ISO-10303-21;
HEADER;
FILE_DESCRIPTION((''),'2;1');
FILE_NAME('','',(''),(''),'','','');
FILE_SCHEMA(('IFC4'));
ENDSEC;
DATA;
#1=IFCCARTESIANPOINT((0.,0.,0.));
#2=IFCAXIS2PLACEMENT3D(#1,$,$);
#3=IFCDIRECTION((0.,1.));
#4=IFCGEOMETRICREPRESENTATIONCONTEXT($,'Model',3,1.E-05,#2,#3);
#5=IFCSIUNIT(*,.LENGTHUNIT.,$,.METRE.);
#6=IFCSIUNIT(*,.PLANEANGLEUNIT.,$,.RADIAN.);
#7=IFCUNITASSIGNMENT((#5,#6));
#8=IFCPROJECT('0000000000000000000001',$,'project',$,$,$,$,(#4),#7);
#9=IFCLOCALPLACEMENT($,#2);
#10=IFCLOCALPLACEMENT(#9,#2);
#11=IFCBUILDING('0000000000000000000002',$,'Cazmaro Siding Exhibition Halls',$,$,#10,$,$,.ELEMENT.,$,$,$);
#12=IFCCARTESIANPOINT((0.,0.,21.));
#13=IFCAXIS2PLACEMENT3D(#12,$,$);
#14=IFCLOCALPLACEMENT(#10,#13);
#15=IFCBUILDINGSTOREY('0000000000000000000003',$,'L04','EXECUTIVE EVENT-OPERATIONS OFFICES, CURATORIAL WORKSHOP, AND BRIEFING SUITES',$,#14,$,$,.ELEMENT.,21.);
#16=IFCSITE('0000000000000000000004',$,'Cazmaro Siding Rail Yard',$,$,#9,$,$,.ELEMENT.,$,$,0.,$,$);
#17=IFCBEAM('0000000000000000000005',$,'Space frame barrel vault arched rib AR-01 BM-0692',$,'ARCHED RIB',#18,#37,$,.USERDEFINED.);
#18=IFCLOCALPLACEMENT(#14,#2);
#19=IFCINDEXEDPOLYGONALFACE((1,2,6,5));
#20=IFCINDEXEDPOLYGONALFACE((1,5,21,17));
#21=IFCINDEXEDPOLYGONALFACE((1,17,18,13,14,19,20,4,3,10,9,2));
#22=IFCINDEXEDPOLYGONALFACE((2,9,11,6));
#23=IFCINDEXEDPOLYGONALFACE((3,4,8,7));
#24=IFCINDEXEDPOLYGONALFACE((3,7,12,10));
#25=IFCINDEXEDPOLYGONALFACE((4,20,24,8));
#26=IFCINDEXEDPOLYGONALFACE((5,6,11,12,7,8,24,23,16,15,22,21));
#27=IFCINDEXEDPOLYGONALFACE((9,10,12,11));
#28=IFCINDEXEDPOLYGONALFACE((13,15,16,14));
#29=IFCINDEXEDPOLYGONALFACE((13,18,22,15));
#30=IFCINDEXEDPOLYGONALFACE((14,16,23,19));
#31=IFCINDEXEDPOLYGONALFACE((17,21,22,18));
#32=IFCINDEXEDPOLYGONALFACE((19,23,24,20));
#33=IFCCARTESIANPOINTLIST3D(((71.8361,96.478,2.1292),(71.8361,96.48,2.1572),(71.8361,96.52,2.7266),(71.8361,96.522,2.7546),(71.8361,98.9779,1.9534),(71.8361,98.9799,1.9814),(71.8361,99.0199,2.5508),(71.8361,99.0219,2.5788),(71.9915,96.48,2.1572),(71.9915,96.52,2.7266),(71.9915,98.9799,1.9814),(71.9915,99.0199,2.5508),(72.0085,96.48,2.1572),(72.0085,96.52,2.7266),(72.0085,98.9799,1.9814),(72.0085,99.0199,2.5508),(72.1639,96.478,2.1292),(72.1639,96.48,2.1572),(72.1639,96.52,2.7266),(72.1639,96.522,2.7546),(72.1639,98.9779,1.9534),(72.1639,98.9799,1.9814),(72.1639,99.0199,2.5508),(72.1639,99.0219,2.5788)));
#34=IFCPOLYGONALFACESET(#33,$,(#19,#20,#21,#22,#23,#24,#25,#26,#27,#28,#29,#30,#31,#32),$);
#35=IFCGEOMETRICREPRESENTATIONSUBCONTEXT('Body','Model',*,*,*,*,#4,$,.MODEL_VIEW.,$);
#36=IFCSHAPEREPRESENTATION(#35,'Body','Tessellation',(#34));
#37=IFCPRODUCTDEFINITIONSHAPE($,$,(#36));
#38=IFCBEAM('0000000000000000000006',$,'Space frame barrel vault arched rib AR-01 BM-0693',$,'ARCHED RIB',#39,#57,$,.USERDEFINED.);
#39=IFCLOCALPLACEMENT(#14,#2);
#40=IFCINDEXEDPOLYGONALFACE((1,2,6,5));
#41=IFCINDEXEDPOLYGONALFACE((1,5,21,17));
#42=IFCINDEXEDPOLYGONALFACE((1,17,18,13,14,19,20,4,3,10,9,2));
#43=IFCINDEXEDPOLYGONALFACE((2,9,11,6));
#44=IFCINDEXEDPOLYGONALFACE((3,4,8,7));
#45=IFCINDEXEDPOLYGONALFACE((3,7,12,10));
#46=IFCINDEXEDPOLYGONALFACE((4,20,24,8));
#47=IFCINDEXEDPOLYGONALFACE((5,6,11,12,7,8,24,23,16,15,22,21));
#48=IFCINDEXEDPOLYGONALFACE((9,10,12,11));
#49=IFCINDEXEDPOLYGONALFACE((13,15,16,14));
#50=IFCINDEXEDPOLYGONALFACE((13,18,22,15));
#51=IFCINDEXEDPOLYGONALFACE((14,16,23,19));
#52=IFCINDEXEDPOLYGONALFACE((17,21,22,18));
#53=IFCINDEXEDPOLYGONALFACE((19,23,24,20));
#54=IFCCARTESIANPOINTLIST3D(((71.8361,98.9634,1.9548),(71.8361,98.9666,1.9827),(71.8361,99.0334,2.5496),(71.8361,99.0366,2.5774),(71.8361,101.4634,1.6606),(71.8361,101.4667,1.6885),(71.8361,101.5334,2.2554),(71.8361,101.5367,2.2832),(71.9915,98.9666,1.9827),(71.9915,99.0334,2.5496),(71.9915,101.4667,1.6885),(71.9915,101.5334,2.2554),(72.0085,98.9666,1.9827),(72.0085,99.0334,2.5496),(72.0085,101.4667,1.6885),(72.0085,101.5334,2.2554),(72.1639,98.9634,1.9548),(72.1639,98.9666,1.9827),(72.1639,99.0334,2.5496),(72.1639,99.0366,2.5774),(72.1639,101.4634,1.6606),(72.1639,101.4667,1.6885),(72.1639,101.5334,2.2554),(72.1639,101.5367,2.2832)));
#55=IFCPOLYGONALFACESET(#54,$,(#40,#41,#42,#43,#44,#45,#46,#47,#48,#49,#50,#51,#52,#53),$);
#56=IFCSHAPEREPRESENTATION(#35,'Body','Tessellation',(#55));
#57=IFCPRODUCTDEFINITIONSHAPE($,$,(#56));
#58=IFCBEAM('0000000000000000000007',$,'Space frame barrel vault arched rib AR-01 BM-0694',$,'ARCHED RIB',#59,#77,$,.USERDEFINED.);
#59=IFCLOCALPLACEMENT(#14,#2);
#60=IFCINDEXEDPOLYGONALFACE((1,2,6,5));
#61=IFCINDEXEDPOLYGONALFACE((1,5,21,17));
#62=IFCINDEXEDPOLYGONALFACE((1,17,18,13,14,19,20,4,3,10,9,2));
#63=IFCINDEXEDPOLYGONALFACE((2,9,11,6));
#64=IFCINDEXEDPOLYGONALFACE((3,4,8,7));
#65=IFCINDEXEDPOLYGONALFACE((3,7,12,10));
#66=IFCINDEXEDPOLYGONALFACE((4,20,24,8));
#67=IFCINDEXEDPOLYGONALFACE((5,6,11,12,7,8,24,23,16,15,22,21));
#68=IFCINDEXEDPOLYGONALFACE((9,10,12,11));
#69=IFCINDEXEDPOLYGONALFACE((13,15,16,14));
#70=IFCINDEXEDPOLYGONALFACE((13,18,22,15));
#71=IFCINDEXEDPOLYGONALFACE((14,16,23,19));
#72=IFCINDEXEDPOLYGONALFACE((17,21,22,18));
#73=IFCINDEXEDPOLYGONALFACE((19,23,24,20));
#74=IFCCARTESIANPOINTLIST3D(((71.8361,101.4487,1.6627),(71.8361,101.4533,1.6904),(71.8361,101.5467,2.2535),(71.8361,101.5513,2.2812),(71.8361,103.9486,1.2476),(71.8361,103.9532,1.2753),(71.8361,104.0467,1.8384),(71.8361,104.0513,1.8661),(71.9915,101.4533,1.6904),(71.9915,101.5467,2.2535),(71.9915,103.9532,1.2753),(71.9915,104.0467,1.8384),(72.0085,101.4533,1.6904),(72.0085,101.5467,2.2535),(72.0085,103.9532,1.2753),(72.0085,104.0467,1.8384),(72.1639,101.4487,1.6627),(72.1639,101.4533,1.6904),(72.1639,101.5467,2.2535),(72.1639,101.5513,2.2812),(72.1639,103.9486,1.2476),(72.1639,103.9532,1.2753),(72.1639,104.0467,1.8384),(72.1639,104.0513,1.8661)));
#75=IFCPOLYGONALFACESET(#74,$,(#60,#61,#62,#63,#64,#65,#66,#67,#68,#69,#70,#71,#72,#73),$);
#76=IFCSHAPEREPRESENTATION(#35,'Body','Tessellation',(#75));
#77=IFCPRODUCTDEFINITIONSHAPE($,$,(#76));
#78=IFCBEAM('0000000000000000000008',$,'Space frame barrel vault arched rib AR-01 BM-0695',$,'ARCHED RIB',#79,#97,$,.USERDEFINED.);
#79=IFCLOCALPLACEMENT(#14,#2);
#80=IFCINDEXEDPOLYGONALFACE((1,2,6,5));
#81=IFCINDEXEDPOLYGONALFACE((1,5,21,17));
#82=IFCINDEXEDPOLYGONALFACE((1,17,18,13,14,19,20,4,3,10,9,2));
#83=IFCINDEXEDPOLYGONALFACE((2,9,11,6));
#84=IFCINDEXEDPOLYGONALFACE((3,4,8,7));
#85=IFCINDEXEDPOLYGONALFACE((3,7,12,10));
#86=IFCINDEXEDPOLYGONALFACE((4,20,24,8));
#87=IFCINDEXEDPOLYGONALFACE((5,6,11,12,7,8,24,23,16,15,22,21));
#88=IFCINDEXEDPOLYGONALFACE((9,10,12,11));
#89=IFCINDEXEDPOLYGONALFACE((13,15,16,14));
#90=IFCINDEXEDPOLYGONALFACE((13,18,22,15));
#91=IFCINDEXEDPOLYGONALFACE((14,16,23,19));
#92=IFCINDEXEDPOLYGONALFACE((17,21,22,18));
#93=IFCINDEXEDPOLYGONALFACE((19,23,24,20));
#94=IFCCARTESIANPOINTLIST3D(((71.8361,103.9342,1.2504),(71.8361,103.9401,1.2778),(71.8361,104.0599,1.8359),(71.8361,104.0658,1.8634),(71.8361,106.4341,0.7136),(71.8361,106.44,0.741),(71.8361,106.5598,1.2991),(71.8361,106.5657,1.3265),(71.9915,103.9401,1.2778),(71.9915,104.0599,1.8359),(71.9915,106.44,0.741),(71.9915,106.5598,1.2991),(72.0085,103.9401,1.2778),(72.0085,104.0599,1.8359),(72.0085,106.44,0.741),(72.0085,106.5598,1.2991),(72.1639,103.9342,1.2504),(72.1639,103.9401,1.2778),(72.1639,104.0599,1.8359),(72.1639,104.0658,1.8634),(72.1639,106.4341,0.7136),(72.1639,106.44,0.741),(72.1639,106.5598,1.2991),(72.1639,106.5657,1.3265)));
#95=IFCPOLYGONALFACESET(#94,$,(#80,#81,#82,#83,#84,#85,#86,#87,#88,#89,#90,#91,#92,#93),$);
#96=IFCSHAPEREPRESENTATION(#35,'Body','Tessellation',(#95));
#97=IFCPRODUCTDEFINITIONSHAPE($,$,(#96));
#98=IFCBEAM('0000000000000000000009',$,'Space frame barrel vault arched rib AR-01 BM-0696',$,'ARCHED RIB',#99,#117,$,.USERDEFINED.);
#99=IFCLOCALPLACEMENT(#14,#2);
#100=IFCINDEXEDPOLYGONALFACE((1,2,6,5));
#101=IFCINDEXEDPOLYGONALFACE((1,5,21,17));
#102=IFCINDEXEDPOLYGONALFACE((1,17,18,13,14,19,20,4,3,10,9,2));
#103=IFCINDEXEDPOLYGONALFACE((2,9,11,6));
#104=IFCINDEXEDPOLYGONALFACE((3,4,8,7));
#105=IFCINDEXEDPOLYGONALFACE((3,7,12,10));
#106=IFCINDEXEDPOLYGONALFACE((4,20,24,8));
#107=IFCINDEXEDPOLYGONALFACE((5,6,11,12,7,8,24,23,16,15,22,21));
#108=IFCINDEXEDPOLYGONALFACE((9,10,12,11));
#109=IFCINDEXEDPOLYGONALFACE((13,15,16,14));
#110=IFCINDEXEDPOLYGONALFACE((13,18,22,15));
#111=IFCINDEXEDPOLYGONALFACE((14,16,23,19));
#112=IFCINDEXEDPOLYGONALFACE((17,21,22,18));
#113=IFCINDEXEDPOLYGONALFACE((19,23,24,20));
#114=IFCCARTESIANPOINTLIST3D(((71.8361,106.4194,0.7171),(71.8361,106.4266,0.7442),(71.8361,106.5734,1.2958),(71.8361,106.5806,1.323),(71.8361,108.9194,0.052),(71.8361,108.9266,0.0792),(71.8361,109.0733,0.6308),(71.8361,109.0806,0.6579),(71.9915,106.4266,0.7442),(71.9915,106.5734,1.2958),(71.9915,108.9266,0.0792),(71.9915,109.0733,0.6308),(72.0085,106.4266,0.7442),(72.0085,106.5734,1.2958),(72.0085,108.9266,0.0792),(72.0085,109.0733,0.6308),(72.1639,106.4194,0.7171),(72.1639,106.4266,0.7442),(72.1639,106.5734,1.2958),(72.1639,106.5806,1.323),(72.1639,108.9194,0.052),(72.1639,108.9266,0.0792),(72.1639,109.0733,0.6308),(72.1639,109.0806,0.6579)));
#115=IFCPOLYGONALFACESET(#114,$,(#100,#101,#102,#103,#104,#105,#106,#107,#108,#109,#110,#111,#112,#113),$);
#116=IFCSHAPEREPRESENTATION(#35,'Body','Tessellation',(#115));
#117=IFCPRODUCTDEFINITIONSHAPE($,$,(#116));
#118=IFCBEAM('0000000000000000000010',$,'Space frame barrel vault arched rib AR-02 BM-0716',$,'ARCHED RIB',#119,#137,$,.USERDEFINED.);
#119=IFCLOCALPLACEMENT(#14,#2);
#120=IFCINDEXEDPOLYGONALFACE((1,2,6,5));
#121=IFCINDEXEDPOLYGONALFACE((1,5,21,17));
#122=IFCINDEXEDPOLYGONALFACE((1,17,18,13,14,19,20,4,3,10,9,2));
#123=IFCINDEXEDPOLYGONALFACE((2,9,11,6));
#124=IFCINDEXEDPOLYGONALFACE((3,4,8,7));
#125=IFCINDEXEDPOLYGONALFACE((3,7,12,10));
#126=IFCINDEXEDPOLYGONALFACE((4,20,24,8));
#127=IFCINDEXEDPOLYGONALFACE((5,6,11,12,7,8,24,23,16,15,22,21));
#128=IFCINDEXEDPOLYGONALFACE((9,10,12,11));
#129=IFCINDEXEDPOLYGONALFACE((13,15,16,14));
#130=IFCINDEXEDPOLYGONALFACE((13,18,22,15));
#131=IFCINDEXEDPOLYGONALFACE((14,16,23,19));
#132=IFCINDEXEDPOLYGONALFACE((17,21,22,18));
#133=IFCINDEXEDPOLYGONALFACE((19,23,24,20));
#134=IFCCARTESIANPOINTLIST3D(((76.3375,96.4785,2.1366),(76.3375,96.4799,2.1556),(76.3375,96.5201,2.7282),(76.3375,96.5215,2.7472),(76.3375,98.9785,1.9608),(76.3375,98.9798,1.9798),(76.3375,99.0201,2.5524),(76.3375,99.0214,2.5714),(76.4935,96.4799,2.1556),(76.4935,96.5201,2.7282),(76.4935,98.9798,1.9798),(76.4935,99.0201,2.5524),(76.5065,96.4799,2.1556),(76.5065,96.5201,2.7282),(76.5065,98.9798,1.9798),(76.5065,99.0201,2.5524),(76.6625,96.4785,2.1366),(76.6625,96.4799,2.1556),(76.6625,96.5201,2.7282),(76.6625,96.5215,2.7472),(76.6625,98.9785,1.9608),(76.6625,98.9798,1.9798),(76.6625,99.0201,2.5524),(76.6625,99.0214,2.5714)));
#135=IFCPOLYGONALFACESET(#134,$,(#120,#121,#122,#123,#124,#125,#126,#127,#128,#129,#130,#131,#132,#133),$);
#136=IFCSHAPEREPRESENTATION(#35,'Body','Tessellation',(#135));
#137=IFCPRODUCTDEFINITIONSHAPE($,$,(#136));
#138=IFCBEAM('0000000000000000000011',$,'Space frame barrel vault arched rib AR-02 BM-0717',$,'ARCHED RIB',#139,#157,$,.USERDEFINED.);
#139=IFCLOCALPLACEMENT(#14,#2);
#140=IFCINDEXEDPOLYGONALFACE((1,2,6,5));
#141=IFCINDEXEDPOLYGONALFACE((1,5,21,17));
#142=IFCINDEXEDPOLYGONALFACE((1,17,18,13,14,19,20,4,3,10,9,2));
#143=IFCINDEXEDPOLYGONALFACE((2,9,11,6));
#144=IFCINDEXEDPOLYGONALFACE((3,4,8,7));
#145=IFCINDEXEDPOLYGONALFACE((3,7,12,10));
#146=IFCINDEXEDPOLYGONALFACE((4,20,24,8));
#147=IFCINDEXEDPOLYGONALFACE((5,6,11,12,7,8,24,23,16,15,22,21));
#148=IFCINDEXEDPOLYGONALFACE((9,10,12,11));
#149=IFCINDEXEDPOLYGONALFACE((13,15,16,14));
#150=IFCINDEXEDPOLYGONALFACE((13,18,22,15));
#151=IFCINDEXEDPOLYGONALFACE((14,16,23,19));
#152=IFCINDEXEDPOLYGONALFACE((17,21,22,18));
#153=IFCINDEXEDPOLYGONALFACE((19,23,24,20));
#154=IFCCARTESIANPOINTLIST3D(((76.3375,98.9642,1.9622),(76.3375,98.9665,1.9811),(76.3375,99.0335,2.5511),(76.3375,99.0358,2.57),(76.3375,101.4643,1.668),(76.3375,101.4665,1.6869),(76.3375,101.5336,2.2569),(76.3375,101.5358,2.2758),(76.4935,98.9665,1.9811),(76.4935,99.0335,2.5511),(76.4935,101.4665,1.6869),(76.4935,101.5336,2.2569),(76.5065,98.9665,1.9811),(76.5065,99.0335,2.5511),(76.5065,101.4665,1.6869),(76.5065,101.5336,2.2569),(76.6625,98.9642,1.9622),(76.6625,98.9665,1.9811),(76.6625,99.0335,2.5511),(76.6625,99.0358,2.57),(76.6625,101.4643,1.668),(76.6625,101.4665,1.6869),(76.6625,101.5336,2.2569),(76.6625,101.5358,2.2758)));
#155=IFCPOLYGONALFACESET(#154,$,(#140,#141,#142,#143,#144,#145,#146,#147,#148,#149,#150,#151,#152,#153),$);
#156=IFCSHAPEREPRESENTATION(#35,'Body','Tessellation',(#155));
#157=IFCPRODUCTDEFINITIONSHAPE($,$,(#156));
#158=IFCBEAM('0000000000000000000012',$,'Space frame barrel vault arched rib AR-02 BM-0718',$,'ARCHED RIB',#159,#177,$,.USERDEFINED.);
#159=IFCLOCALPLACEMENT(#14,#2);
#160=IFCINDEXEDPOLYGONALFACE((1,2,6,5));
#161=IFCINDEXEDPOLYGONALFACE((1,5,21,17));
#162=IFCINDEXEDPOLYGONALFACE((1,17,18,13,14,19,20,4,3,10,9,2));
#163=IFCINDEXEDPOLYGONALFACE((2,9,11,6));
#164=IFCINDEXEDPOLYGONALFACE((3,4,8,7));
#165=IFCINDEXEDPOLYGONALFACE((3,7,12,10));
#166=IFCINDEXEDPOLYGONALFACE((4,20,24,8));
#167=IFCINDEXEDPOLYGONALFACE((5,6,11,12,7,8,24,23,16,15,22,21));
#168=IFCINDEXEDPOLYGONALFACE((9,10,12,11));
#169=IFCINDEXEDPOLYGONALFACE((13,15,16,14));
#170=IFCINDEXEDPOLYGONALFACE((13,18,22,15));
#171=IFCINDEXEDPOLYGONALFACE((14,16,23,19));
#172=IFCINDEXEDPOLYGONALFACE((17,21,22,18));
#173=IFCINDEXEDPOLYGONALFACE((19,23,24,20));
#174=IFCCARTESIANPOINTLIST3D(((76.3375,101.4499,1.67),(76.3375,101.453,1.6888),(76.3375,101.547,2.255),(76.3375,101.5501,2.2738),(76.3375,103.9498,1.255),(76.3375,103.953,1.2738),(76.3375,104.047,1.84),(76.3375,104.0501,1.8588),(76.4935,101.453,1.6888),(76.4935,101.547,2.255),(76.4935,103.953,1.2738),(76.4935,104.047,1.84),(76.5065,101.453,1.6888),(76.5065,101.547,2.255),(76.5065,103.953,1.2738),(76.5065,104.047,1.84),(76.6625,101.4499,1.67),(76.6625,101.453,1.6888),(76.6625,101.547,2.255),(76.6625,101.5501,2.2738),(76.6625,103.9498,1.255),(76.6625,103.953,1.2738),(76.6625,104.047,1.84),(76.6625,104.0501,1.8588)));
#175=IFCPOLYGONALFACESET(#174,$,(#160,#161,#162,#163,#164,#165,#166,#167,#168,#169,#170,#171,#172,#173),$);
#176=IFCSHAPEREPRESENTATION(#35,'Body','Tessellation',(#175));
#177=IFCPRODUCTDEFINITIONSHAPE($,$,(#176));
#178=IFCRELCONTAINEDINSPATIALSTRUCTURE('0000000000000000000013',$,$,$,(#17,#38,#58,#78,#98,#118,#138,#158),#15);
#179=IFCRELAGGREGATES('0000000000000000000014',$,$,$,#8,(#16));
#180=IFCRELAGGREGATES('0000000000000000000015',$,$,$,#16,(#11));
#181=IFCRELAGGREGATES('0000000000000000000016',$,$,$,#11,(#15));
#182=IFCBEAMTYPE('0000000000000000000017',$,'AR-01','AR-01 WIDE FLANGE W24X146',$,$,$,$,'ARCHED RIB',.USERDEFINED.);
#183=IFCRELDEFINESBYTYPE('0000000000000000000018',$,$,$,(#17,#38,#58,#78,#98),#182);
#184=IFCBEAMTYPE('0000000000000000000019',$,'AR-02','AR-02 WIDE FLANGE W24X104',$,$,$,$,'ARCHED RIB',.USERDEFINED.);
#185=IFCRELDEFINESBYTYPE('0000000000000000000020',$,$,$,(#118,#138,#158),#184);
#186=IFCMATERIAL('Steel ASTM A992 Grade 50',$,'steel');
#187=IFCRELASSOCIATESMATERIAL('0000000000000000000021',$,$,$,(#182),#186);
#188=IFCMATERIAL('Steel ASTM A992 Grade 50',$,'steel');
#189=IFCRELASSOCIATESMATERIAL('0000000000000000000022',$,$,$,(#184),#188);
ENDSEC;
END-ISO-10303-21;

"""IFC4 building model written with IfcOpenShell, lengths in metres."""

from ifc_helpers import new_model, si_unit, direction, frame, origin, origin_2d, place, context, subcontext, project, spatial, i_section, extrude, material, material_profile, profile_set, type_object, element, save


model = new_model("IFC4")

# Units and contexts
model_context = context("Model", 3, precision=1e-05, world=origin(), true_north=direction((0.0, 1.0)))
body_context = subcontext(model_context, "Body", "Model", "MODEL_VIEW")
ifc_project = project(units=[si_unit("LENGTHUNIT", "METRE"), si_unit("PLANEANGLEUNIT", "RADIAN")], contexts=[model_context])

# Site, building, storey
site_placement = place(None, origin())
site = spatial("IfcSite", under=ifc_project, at=site_placement, Name="Cazmaro Siding Rail Yard", CompositionType="ELEMENT", RefElevation=0.0)
building_placement = place(site_placement, origin())
building = spatial("IfcBuilding", under=site, at=building_placement, Name="Cazmaro Siding Exhibition Halls", CompositionType="ELEMENT")
storey_placement = place(building_placement, frame((0.0, 0.0, 21.0)))
storey = spatial("IfcBuildingStorey", under=building, at=storey_placement, Name="L04", Description="EXECUTIVE EVENT-OPERATIONS OFFICES, CURATORIAL WORKSHOP, AND BRIEFING SUITES", CompositionType="ELEMENT", Elevation=21.0)

# Beams
ifc_material_1 = material(Name="Steel ASTM A992 Grade 50", Category="steel")
ifc_material_profile_1 = material_profile(ifc_material_1, i_section(OverallWidth=0.3279, OverallDepth=0.627, WebThickness=0.0171, FlangeThickness=0.0281, at=origin_2d()), Name="W24X146")
ifc_profile_set_1 = profile_set([ifc_material_profile_1], Name="Steel ASTM A992 Grade 50")
beam_type_1 = type_object("IfcBeamType", Name="AR-01", Description="AR-01 WIDE FLANGE W24X146", ElementType="ARCHED RIB", PredefinedType="USERDEFINED", material=ifc_profile_set_1)
beam_1_placement = place(storey_placement, frame((72.0, 96.5, 2.4419), z_axis=(0.0, 0.997537, -0.070139), x_axis=(-1.0, 0.0, 0.0)))
element("IfcBeam", 1, at=beam_1_placement, inside=storey, type_object=beam_type_1, Name="Space frame barrel vault arched rib AR-01 BM-0692", ObjectType="ARCHED RIB", PredefinedType="USERDEFINED", context=body_context, shape_type="SweptSolid", body=[
    extrude(i_section(OverallWidth=0.3279, OverallDepth=0.627, WebThickness=0.0171, FlangeThickness=0.0281, at=origin_2d()), origin(), (0.0, 0.0, 1.0), 2.5061),
])
beam_2_placement = place(storey_placement, frame((72.0, 99.0, 2.2661), z_axis=(0.0, 0.993147, -0.116869), x_axis=(-1.0, 0.0, 0.0)))
element("IfcBeam", 2, at=beam_2_placement, inside=storey, type_object=beam_type_1, Name="Space frame barrel vault arched rib AR-01 BM-0693", ObjectType="ARCHED RIB", PredefinedType="USERDEFINED", context=body_context, shape_type="SweptSolid", body=[
    extrude(i_section(OverallWidth=0.3279, OverallDepth=0.627, WebThickness=0.0171, FlangeThickness=0.0281, at=origin_2d()), origin(), (0.0, 0.0, 1.0), 2.5173),
])
beam_3_placement = place(storey_placement, frame((72.0, 101.5, 1.9719), z_axis=(0.0, 0.986498, -0.163774), x_axis=(-1.0, 0.0, 0.0)))
element("IfcBeam", 3, at=beam_3_placement, inside=storey, type_object=beam_type_1, Name="Space frame barrel vault arched rib AR-01 BM-0694", ObjectType="ARCHED RIB", PredefinedType="USERDEFINED", context=body_context, shape_type="SweptSolid", body=[
    extrude(i_section(OverallWidth=0.3279, OverallDepth=0.627, WebThickness=0.0171, FlangeThickness=0.0281, at=origin_2d()), origin(), (0.0, 0.0, 1.0), 2.5342),
])
beam_4_placement = place(storey_placement, frame((72.0, 104.0, 1.5569), z_axis=(0.0, 0.97771, -0.209959), x_axis=(-1.0, 0.0, 0.0)))
element("IfcBeam", 4, at=beam_4_placement, inside=storey, type_object=beam_type_1, Name="Space frame barrel vault arched rib AR-01 BM-0695", ObjectType="ARCHED RIB", PredefinedType="USERDEFINED", context=body_context, shape_type="SweptSolid", body=[
    extrude(i_section(OverallWidth=0.3279, OverallDepth=0.627, WebThickness=0.0171, FlangeThickness=0.0281, at=origin_2d()), origin(), (0.0, 0.0, 1.0), 2.5569),
])
beam_5_placement = place(storey_placement, frame((72.0, 106.5, 1.02), z_axis=(0.0, 0.966391, -0.257075), x_axis=(-1.0, 0.0, 0.0)))
element("IfcBeam", 5, at=beam_5_placement, inside=storey, type_object=beam_type_1, Name="Space frame barrel vault arched rib AR-01 BM-0696", ObjectType="ARCHED RIB", PredefinedType="USERDEFINED", context=body_context, shape_type="SweptSolid", body=[
    extrude(i_section(OverallWidth=0.3279, OverallDepth=0.627, WebThickness=0.0171, FlangeThickness=0.0281, at=origin_2d()), origin(), (0.0, 0.0, 1.0), 2.5869),
])
ifc_material_2 = material(Name="Steel ASTM A992 Grade 50", Category="steel")
ifc_material_profile_2 = material_profile(ifc_material_2, i_section(OverallWidth=0.325, OverallDepth=0.6121, WebThickness=0.0129, FlangeThickness=0.019, at=origin_2d()), Name="W24X104")
ifc_profile_set_2 = profile_set([ifc_material_profile_2], Name="Steel ASTM A992 Grade 50")
beam_type_2 = type_object("IfcBeamType", Name="AR-02", Description="AR-02 WIDE FLANGE W24X104", ElementType="ARCHED RIB", PredefinedType="USERDEFINED", material=ifc_profile_set_2)
beam_6_placement = place(storey_placement, frame((76.5, 96.5, 2.4419), z_axis=(0.0, 0.997537, -0.070139), x_axis=(-1.0, 0.0, 0.0)))
element("IfcBeam", 6, at=beam_6_placement, inside=storey, type_object=beam_type_2, Name="Space frame barrel vault arched rib AR-02 BM-0716", ObjectType="ARCHED RIB", PredefinedType="USERDEFINED", context=body_context, shape_type="SweptSolid", body=[
    extrude(i_section(OverallWidth=0.325, OverallDepth=0.6121, WebThickness=0.0129, FlangeThickness=0.019, at=origin_2d()), origin(), (0.0, 0.0, 1.0), 2.5061),
])
beam_7_placement = place(storey_placement, frame((76.5, 99.0, 2.2661), z_axis=(0.0, 0.993147, -0.116869), x_axis=(-1.0, 0.0, 0.0)))
element("IfcBeam", 7, at=beam_7_placement, inside=storey, type_object=beam_type_2, Name="Space frame barrel vault arched rib AR-02 BM-0717", ObjectType="ARCHED RIB", PredefinedType="USERDEFINED", context=body_context, shape_type="SweptSolid", body=[
    extrude(i_section(OverallWidth=0.325, OverallDepth=0.6121, WebThickness=0.0129, FlangeThickness=0.019, at=origin_2d()), origin(), (0.0, 0.0, 1.0), 2.5173),
])
beam_8_placement = place(storey_placement, frame((76.5, 101.5, 1.9719), z_axis=(0.0, 0.986498, -0.163774), x_axis=(-1.0, 0.0, 0.0)))
element("IfcBeam", 8, at=beam_8_placement, inside=storey, type_object=beam_type_2, Name="Space frame barrel vault arched rib AR-02 BM-0718", ObjectType="ARCHED RIB", PredefinedType="USERDEFINED", context=body_context, shape_type="SweptSolid", body=[
    extrude(i_section(OverallWidth=0.325, OverallDepth=0.6121, WebThickness=0.0129, FlangeThickness=0.019, at=origin_2d()), origin(), (0.0, 0.0, 1.0), 2.5342),
])

save(model, "model.ifc")
